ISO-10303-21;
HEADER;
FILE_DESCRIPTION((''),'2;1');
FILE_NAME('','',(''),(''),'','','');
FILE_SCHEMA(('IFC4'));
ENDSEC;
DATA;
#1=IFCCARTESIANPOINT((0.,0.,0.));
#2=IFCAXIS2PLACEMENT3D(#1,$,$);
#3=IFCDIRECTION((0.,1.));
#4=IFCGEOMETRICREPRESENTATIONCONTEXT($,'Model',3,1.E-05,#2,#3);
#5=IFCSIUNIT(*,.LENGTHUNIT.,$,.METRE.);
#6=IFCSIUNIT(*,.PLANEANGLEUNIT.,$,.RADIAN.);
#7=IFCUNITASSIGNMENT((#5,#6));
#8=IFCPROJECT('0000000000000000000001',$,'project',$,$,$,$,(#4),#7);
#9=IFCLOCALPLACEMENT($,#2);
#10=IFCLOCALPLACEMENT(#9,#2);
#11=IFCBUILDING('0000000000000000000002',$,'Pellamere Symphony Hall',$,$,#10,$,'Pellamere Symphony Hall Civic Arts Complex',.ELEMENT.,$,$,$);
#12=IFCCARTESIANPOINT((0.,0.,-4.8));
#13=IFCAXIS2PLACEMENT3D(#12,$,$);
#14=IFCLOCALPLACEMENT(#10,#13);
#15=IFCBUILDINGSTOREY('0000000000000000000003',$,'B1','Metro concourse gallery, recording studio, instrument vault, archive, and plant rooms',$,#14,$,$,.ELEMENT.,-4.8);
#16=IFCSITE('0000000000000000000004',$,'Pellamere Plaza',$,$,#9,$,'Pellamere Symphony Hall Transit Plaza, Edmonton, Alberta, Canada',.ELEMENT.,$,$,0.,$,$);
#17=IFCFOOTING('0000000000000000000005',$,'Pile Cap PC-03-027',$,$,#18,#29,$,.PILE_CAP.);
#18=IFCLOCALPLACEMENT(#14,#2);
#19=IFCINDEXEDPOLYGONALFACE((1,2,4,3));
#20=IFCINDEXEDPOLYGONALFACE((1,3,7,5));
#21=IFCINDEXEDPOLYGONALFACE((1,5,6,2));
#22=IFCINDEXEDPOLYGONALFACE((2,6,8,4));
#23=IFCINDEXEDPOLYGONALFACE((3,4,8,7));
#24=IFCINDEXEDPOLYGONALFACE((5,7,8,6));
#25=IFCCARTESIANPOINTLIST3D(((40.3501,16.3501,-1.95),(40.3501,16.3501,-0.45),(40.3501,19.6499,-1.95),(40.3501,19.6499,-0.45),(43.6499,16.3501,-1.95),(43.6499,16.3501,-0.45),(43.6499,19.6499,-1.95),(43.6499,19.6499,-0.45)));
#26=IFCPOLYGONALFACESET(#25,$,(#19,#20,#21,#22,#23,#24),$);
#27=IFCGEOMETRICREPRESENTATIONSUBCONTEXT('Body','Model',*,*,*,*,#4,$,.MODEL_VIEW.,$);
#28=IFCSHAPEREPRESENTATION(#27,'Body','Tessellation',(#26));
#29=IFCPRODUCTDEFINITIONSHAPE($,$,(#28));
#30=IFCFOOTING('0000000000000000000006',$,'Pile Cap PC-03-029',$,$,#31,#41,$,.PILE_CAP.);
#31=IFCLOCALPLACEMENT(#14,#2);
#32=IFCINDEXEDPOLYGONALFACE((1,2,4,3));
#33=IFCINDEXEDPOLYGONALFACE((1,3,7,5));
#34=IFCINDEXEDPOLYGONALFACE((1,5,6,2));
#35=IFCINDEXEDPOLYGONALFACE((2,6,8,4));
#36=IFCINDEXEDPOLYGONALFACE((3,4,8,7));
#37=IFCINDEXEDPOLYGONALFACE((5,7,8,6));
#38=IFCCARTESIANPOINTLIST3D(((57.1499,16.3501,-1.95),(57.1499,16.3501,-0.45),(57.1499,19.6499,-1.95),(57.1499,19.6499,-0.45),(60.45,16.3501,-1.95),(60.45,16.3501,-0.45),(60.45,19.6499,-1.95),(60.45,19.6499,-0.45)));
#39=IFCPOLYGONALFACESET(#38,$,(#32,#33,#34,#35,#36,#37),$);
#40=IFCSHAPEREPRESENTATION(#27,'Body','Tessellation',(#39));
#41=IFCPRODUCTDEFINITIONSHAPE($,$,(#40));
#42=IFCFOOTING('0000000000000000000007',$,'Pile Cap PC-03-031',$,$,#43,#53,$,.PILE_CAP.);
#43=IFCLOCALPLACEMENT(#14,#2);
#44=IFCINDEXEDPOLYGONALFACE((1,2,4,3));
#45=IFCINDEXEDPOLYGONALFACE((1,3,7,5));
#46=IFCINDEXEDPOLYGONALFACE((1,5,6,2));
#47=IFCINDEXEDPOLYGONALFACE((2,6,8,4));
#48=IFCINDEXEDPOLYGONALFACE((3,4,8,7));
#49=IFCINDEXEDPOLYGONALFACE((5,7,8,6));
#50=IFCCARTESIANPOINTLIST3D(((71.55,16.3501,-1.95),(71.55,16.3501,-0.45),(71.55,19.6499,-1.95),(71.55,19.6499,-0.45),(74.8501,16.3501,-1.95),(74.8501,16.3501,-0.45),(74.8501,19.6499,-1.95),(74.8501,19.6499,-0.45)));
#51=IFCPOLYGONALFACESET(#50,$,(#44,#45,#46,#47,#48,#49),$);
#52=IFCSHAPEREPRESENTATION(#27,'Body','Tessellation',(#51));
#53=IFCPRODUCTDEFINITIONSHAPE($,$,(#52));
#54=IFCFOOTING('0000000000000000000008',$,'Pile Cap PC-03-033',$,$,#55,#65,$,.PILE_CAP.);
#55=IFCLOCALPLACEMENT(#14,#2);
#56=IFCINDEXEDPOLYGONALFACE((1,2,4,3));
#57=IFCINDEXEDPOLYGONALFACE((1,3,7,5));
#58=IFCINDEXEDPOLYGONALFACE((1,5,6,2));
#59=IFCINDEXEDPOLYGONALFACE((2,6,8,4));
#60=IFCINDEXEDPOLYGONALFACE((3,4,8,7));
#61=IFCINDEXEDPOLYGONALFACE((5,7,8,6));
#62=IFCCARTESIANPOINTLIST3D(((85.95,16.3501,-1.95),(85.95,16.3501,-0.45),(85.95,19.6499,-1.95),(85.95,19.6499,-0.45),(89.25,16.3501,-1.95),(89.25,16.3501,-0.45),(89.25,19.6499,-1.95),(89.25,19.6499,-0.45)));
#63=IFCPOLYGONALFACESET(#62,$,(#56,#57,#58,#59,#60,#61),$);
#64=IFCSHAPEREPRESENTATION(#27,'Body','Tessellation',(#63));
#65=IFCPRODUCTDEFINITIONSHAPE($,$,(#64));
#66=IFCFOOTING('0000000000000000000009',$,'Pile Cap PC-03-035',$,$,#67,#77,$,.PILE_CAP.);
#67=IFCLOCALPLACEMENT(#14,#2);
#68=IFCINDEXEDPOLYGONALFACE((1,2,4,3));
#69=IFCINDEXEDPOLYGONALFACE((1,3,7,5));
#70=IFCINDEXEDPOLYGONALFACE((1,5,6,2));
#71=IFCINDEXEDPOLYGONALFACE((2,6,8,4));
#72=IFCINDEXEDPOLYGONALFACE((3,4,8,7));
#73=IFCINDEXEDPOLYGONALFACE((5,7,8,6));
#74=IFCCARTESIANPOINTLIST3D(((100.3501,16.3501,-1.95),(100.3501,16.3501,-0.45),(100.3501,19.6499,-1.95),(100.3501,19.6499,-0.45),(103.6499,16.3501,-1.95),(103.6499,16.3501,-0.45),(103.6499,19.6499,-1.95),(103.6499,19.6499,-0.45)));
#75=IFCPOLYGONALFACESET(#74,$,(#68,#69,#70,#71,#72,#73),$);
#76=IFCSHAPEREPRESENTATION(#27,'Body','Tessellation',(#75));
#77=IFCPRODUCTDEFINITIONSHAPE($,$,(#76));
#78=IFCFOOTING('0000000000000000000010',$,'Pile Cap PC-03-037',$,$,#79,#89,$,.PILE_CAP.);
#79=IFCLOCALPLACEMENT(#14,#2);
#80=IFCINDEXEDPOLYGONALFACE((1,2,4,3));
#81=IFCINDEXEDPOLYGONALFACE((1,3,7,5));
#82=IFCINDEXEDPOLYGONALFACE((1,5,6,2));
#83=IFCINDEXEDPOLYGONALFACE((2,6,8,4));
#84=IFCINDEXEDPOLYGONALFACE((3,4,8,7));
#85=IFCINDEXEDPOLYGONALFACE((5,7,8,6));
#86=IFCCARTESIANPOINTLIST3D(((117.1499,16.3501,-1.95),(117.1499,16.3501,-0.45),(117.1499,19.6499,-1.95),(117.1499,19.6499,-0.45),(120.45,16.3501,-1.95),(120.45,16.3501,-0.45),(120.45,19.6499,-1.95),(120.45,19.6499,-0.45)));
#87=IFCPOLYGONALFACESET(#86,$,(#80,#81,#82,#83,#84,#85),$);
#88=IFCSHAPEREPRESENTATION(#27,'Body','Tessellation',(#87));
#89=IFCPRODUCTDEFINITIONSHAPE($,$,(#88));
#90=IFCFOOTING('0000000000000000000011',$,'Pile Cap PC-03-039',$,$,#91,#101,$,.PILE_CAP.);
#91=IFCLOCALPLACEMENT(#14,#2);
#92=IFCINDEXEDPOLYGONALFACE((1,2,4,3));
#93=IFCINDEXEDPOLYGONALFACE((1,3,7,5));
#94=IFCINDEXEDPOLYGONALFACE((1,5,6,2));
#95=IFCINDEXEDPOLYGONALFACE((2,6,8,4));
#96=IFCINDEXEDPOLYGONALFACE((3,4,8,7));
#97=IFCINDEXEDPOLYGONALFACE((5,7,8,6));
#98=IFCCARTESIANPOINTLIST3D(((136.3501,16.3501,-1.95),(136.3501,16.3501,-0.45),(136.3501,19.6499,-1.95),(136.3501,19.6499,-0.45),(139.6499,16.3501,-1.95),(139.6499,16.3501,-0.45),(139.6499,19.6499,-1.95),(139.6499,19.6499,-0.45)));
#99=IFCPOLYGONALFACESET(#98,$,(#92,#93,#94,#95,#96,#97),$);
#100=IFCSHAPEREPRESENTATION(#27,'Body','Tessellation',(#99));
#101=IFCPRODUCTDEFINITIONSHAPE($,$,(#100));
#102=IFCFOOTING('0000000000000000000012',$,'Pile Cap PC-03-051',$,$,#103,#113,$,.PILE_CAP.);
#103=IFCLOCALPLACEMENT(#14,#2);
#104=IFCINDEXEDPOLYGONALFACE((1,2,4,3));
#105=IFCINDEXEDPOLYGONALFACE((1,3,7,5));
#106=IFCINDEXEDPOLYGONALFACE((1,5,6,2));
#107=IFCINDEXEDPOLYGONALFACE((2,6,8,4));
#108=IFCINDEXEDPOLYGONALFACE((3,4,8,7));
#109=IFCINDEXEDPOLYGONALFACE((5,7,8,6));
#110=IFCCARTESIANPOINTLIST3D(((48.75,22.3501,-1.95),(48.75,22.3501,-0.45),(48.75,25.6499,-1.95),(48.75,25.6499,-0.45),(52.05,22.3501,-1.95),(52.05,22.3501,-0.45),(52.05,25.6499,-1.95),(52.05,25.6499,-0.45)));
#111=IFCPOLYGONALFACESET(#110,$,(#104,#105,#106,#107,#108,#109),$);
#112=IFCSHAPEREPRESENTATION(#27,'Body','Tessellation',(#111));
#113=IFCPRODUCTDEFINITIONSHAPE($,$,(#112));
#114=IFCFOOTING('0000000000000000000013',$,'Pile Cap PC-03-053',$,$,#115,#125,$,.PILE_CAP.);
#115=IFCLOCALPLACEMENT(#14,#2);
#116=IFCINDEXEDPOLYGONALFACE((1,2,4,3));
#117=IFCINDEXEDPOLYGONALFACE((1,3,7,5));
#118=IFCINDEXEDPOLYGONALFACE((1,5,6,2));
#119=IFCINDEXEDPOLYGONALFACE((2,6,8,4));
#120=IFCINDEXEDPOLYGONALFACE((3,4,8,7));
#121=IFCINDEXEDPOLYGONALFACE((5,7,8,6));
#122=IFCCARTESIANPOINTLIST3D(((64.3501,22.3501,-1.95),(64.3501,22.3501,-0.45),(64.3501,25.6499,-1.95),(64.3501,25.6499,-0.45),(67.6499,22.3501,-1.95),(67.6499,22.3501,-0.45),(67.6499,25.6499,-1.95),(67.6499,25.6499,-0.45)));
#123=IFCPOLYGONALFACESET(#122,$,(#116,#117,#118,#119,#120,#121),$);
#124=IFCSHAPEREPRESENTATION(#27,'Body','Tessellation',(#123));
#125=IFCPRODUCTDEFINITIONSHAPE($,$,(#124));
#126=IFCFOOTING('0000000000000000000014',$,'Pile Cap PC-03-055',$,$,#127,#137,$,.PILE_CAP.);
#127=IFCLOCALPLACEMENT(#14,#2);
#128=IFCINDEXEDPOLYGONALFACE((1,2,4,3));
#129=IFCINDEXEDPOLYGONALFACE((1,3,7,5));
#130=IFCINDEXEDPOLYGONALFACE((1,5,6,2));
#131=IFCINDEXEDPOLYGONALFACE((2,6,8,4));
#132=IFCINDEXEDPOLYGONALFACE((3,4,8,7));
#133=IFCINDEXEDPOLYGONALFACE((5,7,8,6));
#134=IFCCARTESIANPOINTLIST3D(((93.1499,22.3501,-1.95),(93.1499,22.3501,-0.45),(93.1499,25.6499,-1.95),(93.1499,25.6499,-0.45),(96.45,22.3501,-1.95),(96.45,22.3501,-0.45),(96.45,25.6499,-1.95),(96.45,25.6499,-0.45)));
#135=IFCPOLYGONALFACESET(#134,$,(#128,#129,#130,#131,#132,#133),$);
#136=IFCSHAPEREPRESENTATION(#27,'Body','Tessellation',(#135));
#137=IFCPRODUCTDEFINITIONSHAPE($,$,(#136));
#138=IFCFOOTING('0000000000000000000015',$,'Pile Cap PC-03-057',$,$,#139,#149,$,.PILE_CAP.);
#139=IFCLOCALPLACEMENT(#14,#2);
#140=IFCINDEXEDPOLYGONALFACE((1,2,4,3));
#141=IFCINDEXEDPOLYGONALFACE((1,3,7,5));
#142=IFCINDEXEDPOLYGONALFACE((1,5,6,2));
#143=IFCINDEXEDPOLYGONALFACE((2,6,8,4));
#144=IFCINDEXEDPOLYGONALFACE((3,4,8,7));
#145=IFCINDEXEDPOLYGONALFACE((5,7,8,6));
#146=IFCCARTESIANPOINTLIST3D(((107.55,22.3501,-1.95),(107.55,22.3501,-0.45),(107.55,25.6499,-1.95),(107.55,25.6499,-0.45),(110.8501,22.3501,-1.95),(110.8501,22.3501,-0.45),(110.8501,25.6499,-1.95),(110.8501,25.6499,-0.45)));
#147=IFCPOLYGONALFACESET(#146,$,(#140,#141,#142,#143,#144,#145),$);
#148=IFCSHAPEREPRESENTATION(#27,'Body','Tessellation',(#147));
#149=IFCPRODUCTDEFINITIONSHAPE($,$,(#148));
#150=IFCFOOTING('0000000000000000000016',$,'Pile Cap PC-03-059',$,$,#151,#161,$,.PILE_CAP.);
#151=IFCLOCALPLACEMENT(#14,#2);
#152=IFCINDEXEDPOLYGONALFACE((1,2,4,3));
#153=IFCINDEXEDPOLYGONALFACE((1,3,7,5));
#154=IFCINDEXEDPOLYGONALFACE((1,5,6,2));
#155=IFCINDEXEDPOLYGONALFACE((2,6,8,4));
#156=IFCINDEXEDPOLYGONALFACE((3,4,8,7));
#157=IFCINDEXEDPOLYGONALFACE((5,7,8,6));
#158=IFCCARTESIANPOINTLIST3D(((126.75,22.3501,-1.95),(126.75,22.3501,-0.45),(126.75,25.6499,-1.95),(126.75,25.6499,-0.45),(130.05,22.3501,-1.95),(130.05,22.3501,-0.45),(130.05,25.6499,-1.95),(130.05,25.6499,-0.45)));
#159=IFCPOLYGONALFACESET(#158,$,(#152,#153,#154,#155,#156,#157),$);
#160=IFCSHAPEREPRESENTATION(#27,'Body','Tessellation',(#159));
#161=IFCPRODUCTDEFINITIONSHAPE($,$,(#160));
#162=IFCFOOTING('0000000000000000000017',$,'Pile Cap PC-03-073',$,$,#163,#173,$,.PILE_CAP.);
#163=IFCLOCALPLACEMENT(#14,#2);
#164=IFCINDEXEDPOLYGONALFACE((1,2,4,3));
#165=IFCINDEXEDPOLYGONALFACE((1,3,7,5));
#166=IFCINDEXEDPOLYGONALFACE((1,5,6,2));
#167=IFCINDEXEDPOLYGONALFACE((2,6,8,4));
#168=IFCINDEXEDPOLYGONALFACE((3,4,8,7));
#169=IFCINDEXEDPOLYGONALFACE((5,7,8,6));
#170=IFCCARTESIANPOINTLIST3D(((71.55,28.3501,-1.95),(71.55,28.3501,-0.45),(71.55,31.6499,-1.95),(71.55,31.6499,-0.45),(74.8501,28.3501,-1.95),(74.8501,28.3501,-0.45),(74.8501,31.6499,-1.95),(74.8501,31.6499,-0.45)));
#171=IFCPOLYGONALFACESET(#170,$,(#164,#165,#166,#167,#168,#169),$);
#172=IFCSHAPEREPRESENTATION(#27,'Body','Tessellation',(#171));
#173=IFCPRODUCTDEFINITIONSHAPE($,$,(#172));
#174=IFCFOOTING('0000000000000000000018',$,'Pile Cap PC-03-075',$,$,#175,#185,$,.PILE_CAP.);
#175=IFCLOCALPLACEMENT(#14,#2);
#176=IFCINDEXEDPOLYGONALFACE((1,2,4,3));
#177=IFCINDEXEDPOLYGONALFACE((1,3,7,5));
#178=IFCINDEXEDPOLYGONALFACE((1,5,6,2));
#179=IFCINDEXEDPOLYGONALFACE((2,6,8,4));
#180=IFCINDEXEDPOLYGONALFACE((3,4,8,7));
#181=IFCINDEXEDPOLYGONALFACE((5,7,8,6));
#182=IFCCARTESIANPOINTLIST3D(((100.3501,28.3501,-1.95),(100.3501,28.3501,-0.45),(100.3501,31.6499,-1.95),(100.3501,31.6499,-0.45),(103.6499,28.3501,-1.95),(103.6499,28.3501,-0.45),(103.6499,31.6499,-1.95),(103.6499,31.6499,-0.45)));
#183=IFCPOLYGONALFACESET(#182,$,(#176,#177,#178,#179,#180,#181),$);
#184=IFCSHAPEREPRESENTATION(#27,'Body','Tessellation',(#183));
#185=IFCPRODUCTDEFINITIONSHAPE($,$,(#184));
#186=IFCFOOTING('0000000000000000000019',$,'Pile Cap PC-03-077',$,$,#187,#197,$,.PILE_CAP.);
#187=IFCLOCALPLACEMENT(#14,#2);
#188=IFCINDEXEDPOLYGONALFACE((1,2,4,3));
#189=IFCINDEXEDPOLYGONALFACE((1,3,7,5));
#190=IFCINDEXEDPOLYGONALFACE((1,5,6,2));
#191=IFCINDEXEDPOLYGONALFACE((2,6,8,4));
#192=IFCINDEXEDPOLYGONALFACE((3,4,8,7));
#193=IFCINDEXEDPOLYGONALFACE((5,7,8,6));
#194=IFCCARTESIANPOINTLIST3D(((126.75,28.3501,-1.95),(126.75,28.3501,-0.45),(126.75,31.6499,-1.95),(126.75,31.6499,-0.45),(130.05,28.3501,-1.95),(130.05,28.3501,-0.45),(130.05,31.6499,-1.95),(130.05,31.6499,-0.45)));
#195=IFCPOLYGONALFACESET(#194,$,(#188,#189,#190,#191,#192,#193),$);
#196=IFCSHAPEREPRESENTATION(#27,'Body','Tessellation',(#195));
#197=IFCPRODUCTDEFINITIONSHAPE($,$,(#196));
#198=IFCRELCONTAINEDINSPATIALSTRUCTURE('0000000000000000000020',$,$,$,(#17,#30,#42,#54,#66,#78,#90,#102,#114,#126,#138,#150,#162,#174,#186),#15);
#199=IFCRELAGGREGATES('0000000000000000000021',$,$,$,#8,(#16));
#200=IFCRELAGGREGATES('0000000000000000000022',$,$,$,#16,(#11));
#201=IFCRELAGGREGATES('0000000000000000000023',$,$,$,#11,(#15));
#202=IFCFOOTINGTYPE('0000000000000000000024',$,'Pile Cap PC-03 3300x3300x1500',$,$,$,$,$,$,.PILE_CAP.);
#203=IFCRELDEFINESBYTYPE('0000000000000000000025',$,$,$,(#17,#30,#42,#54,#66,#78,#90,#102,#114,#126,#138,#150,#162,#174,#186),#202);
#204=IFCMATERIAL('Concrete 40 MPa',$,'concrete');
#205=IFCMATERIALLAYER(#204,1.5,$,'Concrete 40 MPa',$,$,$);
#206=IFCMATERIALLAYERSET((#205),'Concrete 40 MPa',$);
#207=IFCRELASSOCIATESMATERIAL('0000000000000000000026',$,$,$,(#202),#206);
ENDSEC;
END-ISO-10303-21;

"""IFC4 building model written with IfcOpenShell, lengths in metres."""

from ifc_helpers import new_model, si_unit, direction, frame, origin, place, context, subcontext, project, spatial, polyline, outline, extrude, material, layer, layer_set, type_object, element, save


model = new_model("IFC4")

# Units and contexts
model_context = context("Model", 3, precision=1e-05, world=origin(), true_north=direction((0.0, 1.0)))
body_context = subcontext(model_context, "Body", "Model", "MODEL_VIEW")
ifc_project = project(units=[si_unit("LENGTHUNIT", "METRE"), si_unit("PLANEANGLEUNIT", "RADIAN")], contexts=[model_context])

# Site, building, storey
site_placement = place(None, origin())
site = spatial("IfcSite", under=ifc_project, at=site_placement, Name="Pellamere Plaza", LongName="Pellamere Symphony Hall Transit Plaza, Edmonton, Alberta, Canada", CompositionType="ELEMENT", RefElevation=0.0)
building_placement = place(site_placement, origin())
building = spatial("IfcBuilding", under=site, at=building_placement, Name="Pellamere Symphony Hall", LongName="Pellamere Symphony Hall Civic Arts Complex", CompositionType="ELEMENT")
storey_placement = place(building_placement, frame((0.0, 0.0, -4.8)))
storey = spatial("IfcBuildingStorey", under=building, at=storey_placement, Name="B1", Description="Metro concourse gallery, recording studio, instrument vault, archive, and plant rooms", CompositionType="ELEMENT", Elevation=-4.8)

# Footings
ifc_material_1 = material(Name="Concrete 40 MPa", Category="concrete")
ifc_layer_1 = layer(ifc_material_1, 1.5, Name="Concrete 40 MPa")
ifc_layer_set_1 = layer_set([ifc_layer_1], Name="Concrete 40 MPa")
footing_type_1 = type_object("IfcFootingType", Name="Pile Cap PC-03 3300x3300x1500", PredefinedType="PILE_CAP", material=ifc_layer_set_1)
footing_1_placement = place(storey_placement, frame((0.0, 0.0, -1.95)))
element("IfcFooting", 1, at=footing_1_placement, inside=storey, type_object=footing_type_1, Name="Pile Cap PC-03-027", PredefinedType="PILE_CAP", context=body_context, shape_type="SweptSolid", body=[
    extrude(outline(polyline([(40.3501, 16.3501), (40.3501, 19.6499), (43.6499, 19.6499), (43.6499, 16.3501), (40.3501, 16.3501)])), origin(), (0.0, 0.0, 1.0), 1.5),
])
footing_2_placement = place(storey_placement, frame((0.0, 0.0, -1.95)))
element("IfcFooting", 2, at=footing_2_placement, inside=storey, type_object=footing_type_1, Name="Pile Cap PC-03-029", PredefinedType="PILE_CAP", context=body_context, shape_type="SweptSolid", body=[
    extrude(outline(polyline([(57.1499, 16.3501), (57.1499, 19.6499), (60.45, 19.6499), (60.45, 16.3501), (57.1499, 16.3501)])), origin(), (0.0, 0.0, 1.0), 1.5),
])
footing_3_placement = place(storey_placement, frame((0.0, 0.0, -1.95)))
element("IfcFooting", 3, at=footing_3_placement, inside=storey, type_object=footing_type_1, Name="Pile Cap PC-03-031", PredefinedType="PILE_CAP", context=body_context, shape_type="SweptSolid", body=[
    extrude(outline(polyline([(71.55, 16.3501), (71.55, 19.6499), (74.8501, 19.6499), (74.8501, 16.3501), (71.55, 16.3501)])), origin(), (0.0, 0.0, 1.0), 1.5),
])
footing_4_placement = place(storey_placement, frame((0.0, 0.0, -1.95)))
element("IfcFooting", 4, at=footing_4_placement, inside=storey, type_object=footing_type_1, Name="Pile Cap PC-03-033", PredefinedType="PILE_CAP", context=body_context, shape_type="SweptSolid", body=[
    extrude(outline(polyline([(85.95, 16.3501), (85.95, 19.6499), (89.25, 19.6499), (89.25, 16.3501), (85.95, 16.3501)])), origin(), (0.0, 0.0, 1.0), 1.5),
])
footing_5_placement = place(storey_placement, frame((0.0, 0.0, -1.95)))
element("IfcFooting", 5, at=footing_5_placement, inside=storey, type_object=footing_type_1, Name="Pile Cap PC-03-035", PredefinedType="PILE_CAP", context=body_context, shape_type="SweptSolid", body=[
    extrude(outline(polyline([(103.6499, 16.3501), (100.3501, 16.3501), (100.3501, 19.6499), (103.6499, 19.6499), (103.6499, 16.3501)])), origin(), (0.0, 0.0, 1.0), 1.5),
])
footing_6_placement = place(storey_placement, frame((0.0, 0.0, -1.95)))
element("IfcFooting", 6, at=footing_6_placement, inside=storey, type_object=footing_type_1, Name="Pile Cap PC-03-037", PredefinedType="PILE_CAP", context=body_context, shape_type="SweptSolid", body=[
    extrude(outline(polyline([(120.45, 16.3501), (117.1499, 16.3501), (117.1499, 19.6499), (120.45, 19.6499), (120.45, 16.3501)])), origin(), (0.0, 0.0, 1.0), 1.5),
])
footing_7_placement = place(storey_placement, frame((0.0, 0.0, -1.95)))
element("IfcFooting", 7, at=footing_7_placement, inside=storey, type_object=footing_type_1, Name="Pile Cap PC-03-039", PredefinedType="PILE_CAP", context=body_context, shape_type="SweptSolid", body=[
    extrude(outline(polyline([(136.3501, 16.3501), (136.3501, 19.6499), (139.6499, 19.6499), (139.6499, 16.3501), (136.3501, 16.3501)])), origin(), (0.0, 0.0, 1.0), 1.5),
])
footing_8_placement = place(storey_placement, frame((0.0, 0.0, -1.95)))
element("IfcFooting", 8, at=footing_8_placement, inside=storey, type_object=footing_type_1, Name="Pile Cap PC-03-051", PredefinedType="PILE_CAP", context=body_context, shape_type="SweptSolid", body=[
    extrude(outline(polyline([(48.75, 22.3501), (48.75, 25.6499), (52.05, 25.6499), (52.05, 22.3501), (48.75, 22.3501)])), origin(), (0.0, 0.0, 1.0), 1.5),
])
footing_9_placement = place(storey_placement, frame((0.0, 0.0, -1.95)))
element("IfcFooting", 9, at=footing_9_placement, inside=storey, type_object=footing_type_1, Name="Pile Cap PC-03-053", PredefinedType="PILE_CAP", context=body_context, shape_type="SweptSolid", body=[
    extrude(outline(polyline([(67.6499, 22.3501), (64.3501, 22.3501), (64.3501, 25.6499), (67.6499, 25.6499), (67.6499, 22.3501)])), origin(), (0.0, 0.0, 1.0), 1.5),
])
footing_10_placement = place(storey_placement, frame((0.0, 0.0, -1.95)))
element("IfcFooting", 10, at=footing_10_placement, inside=storey, type_object=footing_type_1, Name="Pile Cap PC-03-055", PredefinedType="PILE_CAP", context=body_context, shape_type="SweptSolid", body=[
    extrude(outline(polyline([(93.1499, 22.3501), (93.1499, 25.6499), (96.45, 25.6499), (96.45, 22.3501), (93.1499, 22.3501)])), origin(), (0.0, 0.0, 1.0), 1.5),
])
footing_11_placement = place(storey_placement, frame((0.0, 0.0, -1.95)))
element("IfcFooting", 11, at=footing_11_placement, inside=storey, type_object=footing_type_1, Name="Pile Cap PC-03-057", PredefinedType="PILE_CAP", context=body_context, shape_type="SweptSolid", body=[
    extrude(outline(polyline([(110.8501, 22.3501), (107.55, 22.3501), (107.55, 25.6499), (110.8501, 25.6499), (110.8501, 22.3501)])), origin(), (0.0, 0.0, 1.0), 1.5),
])
footing_12_placement = place(storey_placement, frame((0.0, 0.0, -1.95)))
element("IfcFooting", 12, at=footing_12_placement, inside=storey, type_object=footing_type_1, Name="Pile Cap PC-03-059", PredefinedType="PILE_CAP", context=body_context, shape_type="SweptSolid", body=[
    extrude(outline(polyline([(130.05, 22.3501), (126.75, 22.3501), (126.75, 25.6499), (130.05, 25.6499), (130.05, 22.3501)])), origin(), (0.0, 0.0, 1.0), 1.5),
])
footing_13_placement = place(storey_placement, frame((0.0, 0.0, -1.95)))
element("IfcFooting", 13, at=footing_13_placement, inside=storey, type_object=footing_type_1, Name="Pile Cap PC-03-073", PredefinedType="PILE_CAP", context=body_context, shape_type="SweptSolid", body=[
    extrude(outline(polyline([(71.55, 28.3501), (71.55, 31.6499), (74.8501, 31.6499), (74.8501, 28.3501), (71.55, 28.3501)])), origin(), (0.0, 0.0, 1.0), 1.5),
])
footing_14_placement = place(storey_placement, frame((0.0, 0.0, -1.95)))
element("IfcFooting", 14, at=footing_14_placement, inside=storey, type_object=footing_type_1, Name="Pile Cap PC-03-075", PredefinedType="PILE_CAP", context=body_context, shape_type="SweptSolid", body=[
    extrude(outline(polyline([(100.3501, 28.3501), (100.3501, 31.6499), (103.6499, 31.6499), (103.6499, 28.3501), (100.3501, 28.3501)])), origin(), (0.0, 0.0, 1.0), 1.5),
])
footing_15_placement = place(storey_placement, frame((0.0, 0.0, -1.95)))
element("IfcFooting", 15, at=footing_15_placement, inside=storey, type_object=footing_type_1, Name="Pile Cap PC-03-077", PredefinedType="PILE_CAP", context=body_context, shape_type="SweptSolid", body=[
    extrude(outline(polyline([(130.05, 28.3501), (126.75, 28.3501), (126.75, 31.6499), (130.05, 31.6499), (130.05, 28.3501)])), origin(), (0.0, 0.0, 1.0), 1.5),
])

save(model, "model.ifc")
